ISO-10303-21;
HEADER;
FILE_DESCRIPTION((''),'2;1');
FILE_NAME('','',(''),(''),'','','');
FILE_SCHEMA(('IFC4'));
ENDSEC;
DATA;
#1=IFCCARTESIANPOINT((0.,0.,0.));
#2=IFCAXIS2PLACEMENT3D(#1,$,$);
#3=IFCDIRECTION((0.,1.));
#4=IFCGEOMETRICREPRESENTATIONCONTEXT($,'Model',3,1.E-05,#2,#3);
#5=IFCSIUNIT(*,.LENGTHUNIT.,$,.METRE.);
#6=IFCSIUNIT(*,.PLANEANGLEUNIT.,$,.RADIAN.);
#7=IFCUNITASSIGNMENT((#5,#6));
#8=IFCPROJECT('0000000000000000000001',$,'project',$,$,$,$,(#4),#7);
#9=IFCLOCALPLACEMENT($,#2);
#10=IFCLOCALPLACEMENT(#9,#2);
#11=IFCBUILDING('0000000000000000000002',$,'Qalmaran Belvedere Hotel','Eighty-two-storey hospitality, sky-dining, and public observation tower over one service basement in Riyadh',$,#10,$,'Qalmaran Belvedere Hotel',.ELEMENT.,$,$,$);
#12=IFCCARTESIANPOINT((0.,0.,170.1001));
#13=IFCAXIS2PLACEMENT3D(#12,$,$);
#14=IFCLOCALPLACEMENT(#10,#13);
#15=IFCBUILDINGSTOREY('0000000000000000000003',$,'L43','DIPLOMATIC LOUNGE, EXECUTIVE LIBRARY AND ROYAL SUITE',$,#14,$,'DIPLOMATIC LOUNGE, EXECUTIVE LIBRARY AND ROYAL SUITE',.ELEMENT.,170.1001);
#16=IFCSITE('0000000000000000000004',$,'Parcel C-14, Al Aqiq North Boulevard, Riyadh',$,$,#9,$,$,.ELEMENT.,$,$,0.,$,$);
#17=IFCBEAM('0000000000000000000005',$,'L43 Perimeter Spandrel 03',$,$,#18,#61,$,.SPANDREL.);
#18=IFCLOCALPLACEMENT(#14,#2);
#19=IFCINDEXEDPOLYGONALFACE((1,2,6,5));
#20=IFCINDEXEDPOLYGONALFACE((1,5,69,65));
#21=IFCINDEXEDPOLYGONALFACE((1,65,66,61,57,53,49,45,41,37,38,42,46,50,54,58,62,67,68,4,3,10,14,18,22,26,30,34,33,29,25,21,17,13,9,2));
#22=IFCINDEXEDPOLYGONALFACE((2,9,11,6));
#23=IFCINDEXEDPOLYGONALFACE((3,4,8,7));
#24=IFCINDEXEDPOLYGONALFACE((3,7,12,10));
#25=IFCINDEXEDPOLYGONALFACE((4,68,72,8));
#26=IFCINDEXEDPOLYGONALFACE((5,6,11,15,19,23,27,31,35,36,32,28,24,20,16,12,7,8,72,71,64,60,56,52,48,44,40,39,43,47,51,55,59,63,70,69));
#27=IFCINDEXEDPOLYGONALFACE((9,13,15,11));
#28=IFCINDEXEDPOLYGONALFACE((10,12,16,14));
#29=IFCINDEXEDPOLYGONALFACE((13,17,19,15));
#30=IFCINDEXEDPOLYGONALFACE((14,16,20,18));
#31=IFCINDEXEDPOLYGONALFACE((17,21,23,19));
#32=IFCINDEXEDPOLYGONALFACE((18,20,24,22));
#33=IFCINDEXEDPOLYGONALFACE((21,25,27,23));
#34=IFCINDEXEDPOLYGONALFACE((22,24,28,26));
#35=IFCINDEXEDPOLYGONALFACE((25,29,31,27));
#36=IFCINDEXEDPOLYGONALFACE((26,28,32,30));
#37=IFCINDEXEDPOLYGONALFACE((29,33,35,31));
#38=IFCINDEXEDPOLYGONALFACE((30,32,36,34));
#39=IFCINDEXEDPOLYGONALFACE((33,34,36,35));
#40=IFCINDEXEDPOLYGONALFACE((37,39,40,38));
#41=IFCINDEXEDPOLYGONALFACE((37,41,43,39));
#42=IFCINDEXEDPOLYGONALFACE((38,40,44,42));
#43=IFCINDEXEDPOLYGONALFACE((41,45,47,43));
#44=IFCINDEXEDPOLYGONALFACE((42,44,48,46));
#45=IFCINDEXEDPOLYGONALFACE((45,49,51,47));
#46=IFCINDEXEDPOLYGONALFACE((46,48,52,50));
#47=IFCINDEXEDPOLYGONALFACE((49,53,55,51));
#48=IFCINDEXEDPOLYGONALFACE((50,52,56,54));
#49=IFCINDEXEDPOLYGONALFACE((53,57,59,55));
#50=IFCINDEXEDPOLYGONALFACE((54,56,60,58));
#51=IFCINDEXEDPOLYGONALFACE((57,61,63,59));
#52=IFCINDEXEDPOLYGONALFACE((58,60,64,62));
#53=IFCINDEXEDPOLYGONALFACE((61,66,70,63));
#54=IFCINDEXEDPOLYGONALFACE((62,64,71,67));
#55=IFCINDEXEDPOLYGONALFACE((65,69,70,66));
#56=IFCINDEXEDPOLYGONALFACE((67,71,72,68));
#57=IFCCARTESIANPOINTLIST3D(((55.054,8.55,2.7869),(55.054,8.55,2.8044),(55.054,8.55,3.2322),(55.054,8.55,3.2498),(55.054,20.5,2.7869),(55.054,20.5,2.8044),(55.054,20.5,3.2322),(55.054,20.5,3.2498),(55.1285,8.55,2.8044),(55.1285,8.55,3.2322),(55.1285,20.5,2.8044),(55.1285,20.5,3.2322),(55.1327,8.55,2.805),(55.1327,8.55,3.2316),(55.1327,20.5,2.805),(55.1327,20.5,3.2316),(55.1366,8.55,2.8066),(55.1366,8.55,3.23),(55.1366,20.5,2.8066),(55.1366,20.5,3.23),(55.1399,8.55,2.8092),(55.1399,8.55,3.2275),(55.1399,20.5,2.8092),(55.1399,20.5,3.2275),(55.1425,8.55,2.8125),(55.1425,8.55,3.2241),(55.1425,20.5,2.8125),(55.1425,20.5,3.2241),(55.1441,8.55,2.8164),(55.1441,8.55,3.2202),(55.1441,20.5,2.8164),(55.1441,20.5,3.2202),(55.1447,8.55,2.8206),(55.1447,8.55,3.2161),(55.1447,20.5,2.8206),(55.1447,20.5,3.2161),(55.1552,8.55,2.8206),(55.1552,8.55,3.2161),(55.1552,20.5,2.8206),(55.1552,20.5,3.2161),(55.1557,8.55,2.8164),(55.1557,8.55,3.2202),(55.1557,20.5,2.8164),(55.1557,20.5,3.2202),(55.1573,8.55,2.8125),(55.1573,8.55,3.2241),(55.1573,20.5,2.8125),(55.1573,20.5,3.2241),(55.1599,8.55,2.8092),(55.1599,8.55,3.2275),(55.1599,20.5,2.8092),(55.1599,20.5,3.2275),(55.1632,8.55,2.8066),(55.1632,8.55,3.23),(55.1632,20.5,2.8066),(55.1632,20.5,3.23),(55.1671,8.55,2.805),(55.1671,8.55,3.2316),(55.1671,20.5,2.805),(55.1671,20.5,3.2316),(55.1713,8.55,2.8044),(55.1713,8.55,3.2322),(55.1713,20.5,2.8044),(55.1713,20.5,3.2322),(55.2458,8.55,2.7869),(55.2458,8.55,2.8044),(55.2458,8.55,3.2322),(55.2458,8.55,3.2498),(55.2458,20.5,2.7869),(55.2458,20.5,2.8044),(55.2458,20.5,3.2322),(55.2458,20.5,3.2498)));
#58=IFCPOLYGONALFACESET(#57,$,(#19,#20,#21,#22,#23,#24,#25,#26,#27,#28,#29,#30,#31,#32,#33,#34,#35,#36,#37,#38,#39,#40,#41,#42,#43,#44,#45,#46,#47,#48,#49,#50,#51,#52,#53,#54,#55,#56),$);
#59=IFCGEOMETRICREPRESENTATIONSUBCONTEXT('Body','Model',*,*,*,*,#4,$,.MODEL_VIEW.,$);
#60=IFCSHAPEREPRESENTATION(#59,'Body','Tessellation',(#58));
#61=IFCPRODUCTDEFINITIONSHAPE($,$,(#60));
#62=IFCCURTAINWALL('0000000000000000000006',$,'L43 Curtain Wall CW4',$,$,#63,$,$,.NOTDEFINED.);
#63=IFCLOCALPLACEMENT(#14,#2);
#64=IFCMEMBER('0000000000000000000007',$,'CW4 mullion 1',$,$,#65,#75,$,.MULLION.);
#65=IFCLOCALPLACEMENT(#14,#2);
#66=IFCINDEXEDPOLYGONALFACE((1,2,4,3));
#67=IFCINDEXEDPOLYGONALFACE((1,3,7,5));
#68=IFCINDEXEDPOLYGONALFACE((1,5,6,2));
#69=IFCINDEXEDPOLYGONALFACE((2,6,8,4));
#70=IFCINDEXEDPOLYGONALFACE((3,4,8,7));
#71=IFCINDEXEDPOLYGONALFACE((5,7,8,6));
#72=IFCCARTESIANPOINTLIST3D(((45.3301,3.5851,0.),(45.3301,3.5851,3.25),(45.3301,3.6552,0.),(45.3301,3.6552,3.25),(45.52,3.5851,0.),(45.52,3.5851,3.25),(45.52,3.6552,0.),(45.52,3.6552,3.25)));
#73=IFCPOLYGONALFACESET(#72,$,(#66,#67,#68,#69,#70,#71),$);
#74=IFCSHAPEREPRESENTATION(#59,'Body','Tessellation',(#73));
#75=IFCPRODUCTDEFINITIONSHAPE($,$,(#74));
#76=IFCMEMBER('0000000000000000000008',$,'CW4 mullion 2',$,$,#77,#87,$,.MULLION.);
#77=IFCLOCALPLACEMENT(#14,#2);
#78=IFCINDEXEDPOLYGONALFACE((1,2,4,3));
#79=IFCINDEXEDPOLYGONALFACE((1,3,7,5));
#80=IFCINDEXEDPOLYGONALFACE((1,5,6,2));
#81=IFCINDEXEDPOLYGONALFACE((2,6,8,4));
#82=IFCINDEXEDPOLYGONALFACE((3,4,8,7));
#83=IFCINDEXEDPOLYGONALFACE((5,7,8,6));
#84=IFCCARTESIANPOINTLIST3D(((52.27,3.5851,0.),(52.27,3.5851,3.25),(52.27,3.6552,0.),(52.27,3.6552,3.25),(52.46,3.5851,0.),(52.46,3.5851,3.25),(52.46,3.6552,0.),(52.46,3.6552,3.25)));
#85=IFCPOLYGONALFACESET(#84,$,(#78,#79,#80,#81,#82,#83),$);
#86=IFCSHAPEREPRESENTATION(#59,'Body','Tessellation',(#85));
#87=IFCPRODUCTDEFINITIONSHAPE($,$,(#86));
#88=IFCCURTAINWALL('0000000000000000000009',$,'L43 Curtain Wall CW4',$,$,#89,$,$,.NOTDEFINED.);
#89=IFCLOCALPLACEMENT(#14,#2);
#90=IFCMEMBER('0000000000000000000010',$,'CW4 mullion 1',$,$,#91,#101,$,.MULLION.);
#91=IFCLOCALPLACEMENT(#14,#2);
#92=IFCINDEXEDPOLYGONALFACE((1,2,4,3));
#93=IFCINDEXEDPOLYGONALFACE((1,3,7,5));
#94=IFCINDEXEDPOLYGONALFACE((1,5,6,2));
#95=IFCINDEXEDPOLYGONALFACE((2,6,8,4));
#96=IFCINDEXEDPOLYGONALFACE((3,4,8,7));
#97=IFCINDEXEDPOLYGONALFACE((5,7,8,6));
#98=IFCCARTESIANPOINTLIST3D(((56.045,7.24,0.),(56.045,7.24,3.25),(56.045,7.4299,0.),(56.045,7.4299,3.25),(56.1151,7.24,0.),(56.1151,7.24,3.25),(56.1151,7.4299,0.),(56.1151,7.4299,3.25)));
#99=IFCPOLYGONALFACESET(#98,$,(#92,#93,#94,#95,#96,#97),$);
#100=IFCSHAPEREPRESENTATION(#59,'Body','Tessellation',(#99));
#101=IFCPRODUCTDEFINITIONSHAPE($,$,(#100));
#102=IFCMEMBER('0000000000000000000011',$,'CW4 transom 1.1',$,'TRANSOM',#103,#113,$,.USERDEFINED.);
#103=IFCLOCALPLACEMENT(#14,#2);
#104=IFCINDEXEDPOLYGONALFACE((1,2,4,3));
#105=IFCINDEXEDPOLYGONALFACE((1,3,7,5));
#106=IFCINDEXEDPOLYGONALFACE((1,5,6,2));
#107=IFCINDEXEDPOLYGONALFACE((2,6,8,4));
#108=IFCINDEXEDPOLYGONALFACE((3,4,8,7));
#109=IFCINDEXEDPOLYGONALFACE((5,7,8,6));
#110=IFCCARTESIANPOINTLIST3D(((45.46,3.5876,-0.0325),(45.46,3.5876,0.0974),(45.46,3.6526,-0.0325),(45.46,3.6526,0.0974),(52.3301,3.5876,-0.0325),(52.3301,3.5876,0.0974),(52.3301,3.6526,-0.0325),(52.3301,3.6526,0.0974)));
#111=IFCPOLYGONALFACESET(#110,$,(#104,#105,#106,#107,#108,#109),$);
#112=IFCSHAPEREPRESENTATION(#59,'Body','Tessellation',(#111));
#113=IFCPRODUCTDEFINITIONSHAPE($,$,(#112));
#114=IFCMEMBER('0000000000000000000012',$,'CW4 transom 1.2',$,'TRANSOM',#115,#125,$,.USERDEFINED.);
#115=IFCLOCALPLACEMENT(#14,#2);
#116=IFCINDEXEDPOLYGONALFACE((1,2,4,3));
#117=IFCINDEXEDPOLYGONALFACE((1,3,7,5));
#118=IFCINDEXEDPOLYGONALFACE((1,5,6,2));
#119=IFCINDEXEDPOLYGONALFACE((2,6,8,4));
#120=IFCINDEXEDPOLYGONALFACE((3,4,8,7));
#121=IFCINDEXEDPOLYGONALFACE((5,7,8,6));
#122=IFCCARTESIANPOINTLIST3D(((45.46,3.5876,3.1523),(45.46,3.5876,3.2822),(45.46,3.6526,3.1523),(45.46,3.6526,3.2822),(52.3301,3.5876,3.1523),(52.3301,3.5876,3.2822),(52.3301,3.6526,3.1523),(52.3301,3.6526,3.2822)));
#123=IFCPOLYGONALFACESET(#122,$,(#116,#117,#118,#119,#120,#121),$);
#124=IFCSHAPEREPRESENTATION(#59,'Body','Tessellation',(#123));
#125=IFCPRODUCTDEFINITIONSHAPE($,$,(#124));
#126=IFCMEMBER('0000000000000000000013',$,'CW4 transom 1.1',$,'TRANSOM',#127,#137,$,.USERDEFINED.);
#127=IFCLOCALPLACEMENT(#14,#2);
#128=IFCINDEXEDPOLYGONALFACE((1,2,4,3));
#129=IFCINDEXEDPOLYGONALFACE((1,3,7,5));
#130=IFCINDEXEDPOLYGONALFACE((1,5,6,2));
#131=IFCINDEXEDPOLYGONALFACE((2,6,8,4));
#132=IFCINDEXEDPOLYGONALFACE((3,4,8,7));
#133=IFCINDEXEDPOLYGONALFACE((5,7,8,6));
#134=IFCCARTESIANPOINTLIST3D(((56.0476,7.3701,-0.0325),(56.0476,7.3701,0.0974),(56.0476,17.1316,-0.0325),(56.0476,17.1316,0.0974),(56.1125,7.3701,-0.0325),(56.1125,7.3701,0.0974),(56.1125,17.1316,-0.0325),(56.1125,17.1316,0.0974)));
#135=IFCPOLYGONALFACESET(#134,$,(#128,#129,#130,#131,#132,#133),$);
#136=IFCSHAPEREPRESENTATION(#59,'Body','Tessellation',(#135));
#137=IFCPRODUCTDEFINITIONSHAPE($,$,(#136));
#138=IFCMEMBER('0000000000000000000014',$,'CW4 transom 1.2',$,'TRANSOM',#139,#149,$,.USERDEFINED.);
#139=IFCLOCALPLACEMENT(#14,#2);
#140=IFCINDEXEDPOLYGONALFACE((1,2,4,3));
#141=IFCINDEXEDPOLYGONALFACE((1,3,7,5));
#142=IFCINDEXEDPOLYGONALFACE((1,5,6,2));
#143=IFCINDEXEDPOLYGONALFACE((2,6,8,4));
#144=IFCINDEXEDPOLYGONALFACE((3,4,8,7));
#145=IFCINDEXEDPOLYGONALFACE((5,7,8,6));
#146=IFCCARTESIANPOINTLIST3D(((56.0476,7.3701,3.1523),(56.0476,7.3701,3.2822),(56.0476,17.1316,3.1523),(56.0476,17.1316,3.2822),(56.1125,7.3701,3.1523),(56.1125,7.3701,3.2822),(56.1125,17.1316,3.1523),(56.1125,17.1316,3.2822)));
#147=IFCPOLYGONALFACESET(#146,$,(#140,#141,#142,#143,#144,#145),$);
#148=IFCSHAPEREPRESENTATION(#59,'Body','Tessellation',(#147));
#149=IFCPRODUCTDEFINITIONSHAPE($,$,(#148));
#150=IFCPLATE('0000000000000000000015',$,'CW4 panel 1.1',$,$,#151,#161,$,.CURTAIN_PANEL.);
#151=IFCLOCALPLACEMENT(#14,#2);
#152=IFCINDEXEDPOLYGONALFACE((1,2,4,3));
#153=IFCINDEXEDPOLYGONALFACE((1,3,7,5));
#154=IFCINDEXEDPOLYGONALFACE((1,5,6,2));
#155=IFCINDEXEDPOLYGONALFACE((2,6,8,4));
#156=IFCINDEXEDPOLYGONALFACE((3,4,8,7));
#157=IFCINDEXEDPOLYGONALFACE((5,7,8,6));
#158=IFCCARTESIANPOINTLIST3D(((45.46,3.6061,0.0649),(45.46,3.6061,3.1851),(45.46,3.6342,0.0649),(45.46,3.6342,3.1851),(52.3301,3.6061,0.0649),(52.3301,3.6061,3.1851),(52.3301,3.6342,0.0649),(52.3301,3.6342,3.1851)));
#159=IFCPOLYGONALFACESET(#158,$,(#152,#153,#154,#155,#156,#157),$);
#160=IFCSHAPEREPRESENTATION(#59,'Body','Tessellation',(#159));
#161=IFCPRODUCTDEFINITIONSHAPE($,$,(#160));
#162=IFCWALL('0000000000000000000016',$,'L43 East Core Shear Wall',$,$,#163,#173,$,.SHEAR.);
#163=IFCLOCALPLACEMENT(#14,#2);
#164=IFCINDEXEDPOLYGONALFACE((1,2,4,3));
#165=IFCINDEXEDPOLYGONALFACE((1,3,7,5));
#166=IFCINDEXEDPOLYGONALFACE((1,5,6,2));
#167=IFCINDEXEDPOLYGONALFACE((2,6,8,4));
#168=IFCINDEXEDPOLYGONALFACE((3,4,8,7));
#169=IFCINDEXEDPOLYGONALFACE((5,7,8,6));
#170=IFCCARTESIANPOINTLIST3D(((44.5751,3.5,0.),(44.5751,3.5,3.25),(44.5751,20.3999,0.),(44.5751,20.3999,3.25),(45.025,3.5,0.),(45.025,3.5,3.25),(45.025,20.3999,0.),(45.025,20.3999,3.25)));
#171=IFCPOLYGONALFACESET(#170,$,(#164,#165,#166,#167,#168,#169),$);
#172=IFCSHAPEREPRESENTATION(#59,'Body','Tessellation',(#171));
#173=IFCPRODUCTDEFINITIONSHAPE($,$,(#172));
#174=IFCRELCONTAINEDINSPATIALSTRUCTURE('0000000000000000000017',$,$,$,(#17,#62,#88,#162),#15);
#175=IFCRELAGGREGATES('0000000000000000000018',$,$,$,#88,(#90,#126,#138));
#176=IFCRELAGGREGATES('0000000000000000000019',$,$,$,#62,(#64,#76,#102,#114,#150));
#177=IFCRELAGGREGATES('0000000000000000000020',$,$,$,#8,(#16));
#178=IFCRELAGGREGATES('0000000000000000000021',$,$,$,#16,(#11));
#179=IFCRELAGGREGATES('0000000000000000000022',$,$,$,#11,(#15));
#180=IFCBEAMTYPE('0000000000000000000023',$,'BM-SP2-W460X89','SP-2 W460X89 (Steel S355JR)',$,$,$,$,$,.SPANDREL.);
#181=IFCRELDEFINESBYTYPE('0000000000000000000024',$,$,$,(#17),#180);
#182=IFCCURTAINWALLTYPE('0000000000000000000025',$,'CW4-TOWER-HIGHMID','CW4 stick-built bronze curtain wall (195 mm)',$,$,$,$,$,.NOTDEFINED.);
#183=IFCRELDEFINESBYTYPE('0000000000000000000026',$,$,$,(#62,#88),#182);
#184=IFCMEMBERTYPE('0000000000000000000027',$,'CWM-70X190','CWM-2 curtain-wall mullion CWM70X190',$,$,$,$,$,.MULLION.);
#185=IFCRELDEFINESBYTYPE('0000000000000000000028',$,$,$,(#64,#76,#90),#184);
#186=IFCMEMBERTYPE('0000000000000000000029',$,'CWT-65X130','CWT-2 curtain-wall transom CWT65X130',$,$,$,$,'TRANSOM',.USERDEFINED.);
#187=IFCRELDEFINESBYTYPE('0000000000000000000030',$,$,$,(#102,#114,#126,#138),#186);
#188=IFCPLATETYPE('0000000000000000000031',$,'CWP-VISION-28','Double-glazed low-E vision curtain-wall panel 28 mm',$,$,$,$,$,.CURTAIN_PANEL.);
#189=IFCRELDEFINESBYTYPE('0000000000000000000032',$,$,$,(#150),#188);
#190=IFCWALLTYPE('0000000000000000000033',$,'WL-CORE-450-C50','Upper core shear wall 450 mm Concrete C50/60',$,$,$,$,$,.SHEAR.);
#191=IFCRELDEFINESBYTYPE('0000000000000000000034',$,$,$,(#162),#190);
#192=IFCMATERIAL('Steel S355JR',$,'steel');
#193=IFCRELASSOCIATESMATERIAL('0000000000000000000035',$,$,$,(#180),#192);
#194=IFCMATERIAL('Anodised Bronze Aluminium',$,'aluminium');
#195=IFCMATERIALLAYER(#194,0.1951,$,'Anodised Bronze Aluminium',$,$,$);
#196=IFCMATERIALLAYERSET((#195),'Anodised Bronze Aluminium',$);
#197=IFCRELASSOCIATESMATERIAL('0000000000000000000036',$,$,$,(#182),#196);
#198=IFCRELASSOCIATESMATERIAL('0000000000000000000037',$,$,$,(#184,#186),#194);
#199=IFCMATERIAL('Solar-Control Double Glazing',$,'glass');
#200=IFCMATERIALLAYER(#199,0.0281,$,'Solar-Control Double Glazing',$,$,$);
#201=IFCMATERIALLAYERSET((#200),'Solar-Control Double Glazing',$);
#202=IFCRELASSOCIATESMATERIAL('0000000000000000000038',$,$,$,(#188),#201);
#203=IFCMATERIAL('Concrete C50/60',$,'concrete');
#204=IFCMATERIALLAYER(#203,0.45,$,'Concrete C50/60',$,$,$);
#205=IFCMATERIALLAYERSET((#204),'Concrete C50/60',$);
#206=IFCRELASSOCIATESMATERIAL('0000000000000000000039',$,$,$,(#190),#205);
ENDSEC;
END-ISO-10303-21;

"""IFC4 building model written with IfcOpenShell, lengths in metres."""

from ifc_helpers import new_model, si_unit, direction, frame, frame_2d, origin, origin_2d, place, context, subcontext, project, spatial, rectangle, i_section, extrude, material, layer, layer_set, material_profile, profile_set, type_object, element, aggregate, save


model = new_model("IFC4")

# Units and contexts
model_context = context("Model", 3, precision=1e-05, world=origin(), true_north=direction((0.0, 1.0)))
body_context = subcontext(model_context, "Body", "Model", "MODEL_VIEW")
ifc_project = project(units=[si_unit("LENGTHUNIT", "METRE"), si_unit("PLANEANGLEUNIT", "RADIAN")], contexts=[model_context])

# Site, building, storey
site_placement = place(None, origin())
site = spatial("IfcSite", under=ifc_project, at=site_placement, Name="Parcel C-14, Al Aqiq North Boulevard, Riyadh", CompositionType="ELEMENT", RefElevation=0.0)
building_placement = place(site_placement, origin())
building = spatial("IfcBuilding", under=site, at=building_placement, Name="Qalmaran Belvedere Hotel", Description="Eighty-two-storey hospitality, sky-dining, and public observation tower over one service basement in Riyadh", LongName="Qalmaran Belvedere Hotel", CompositionType="ELEMENT")
storey_placement = place(building_placement, frame((0.0, 0.0, 170.1001)))
storey = spatial("IfcBuildingStorey", under=building, at=storey_placement, Name="L43", Description="DIPLOMATIC LOUNGE, EXECUTIVE LIBRARY AND ROYAL SUITE", LongName="DIPLOMATIC LOUNGE, EXECUTIVE LIBRARY AND ROYAL SUITE", CompositionType="ELEMENT", Elevation=170.1001)

# Shared definitions
ifc_material_1 = material(Name="Concrete C50/60", Category="concrete")

# Beam
ifc_material_2 = material(Name="Steel S355JR", Category="steel")
ifc_material_profile_1 = material_profile(ifc_material_2, i_section(OverallWidth=0.1919, OverallDepth=0.4629, WebThickness=0.0105, FlangeThickness=0.0176, FilletRadius=0.0161, at=origin_2d()), Name="W460X89")
ifc_profile_set_1 = profile_set([ifc_material_profile_1], Name="Steel S355JR")
beam_type_1 = type_object("IfcBeamType", Name="BM-SP2-W460X89", Description="SP-2 W460X89 (Steel S355JR)", PredefinedType="SPANDREL", material=ifc_profile_set_1)
beam_1_placement = place(storey_placement, frame((55.1499, 8.55, 3.0183), z_axis=(0.0, 1.0, 0.0), x_axis=(-1.0, 0.0, 0.0)))
element("IfcBeam", 1, at=beam_1_placement, inside=storey, type_object=beam_type_1, Name="L43 Perimeter Spandrel 03", PredefinedType="SPANDREL", context=body_context, shape_type="SweptSolid", body=[
    extrude(i_section(OverallWidth=0.1919, OverallDepth=0.4629, WebThickness=0.0105, FlangeThickness=0.0176, FilletRadius=0.0161, at=origin_2d()), origin(), (0.0, 0.0, 1.0), 11.95),
])

# Curtain wall, members
ifc_material_3 = material(Name="Anodised Bronze Aluminium", Category="aluminium")
ifc_layer_1 = layer(ifc_material_3, 0.1951, Name="Anodised Bronze Aluminium")
ifc_layer_set_1 = layer_set([ifc_layer_1], Name="Anodised Bronze Aluminium")
curtain_wall_type = type_object("IfcCurtainWallType", Name="CW4-TOWER-HIGHMID", Description="CW4 stick-built bronze curtain wall (195 mm)", PredefinedType="NOTDEFINED", material=ifc_layer_set_1)
curtain_wall_1_placement = place(storey_placement, origin())
curtain_wall_1 = element("IfcCurtainWall", 2, at=curtain_wall_1_placement, inside=storey, type_object=curtain_wall_type, Name="L43 Curtain Wall CW4", PredefinedType="NOTDEFINED")
ifc_material_profile_2 = material_profile(ifc_material_3, rectangle(XDim=0.0701, YDim=0.1899, at=origin_2d()), Name="CWM70X190")
ifc_profile_set_2 = profile_set([ifc_material_profile_2], Name="Anodised Bronze Aluminium")
member_type_1 = type_object("IfcMemberType", Name="CWM-70X190", Description="CWM-2 curtain-wall mullion CWM70X190", PredefinedType="MULLION", material=ifc_profile_set_2)
member_1_placement = place(storey_placement, frame((45.425, 3.6201, 0.0), z_axis=(0.0, 0.0, 1.0), x_axis=(0.0, 1.0, 0.0)))
member_1 = element("IfcMember", 3, at=member_1_placement, type_object=member_type_1, Name="CW4 mullion 1", PredefinedType="MULLION", context=body_context, shape_type="SweptSolid", body=[
    extrude(rectangle(XDim=0.0701, YDim=0.1899, at=origin_2d()), origin(), (0.0, 0.0, 1.0), 3.25),
])
member_2_placement = place(storey_placement, frame((52.365, 3.6201, 0.0), z_axis=(0.0, 0.0, 1.0), x_axis=(0.0, 1.0, 0.0)))
member_2 = element("IfcMember", 4, at=member_2_placement, type_object=member_type_1, Name="CW4 mullion 2", PredefinedType="MULLION", context=body_context, shape_type="SweptSolid", body=[
    extrude(rectangle(XDim=0.0701, YDim=0.1899, at=origin_2d()), origin(), (0.0, 0.0, 1.0), 3.25),
])

# Curtain wall, member
curtain_wall_2_placement = place(storey_placement, origin())
curtain_wall_2 = element("IfcCurtainWall", 5, at=curtain_wall_2_placement, inside=storey, type_object=curtain_wall_type, Name="L43 Curtain Wall CW4", PredefinedType="NOTDEFINED")
member_3_placement = place(storey_placement, frame((56.0801, 7.335, 0.0), z_axis=(0.0, 0.0, 1.0), x_axis=(-1.0, 0.0, 0.0)))
member_3 = element("IfcMember", 6, at=member_3_placement, type_object=member_type_1, Name="CW4 mullion 1", PredefinedType="MULLION", context=body_context, shape_type="SweptSolid", body=[
    extrude(rectangle(XDim=0.0701, YDim=0.1899, at=origin_2d()), origin(), (0.0, 0.0, 1.0), 3.25),
])

# Members
ifc_material_profile_3 = material_profile(ifc_material_3, rectangle(XDim=0.0649, YDim=0.1299, at=origin_2d()), Name="CWT65X130")
ifc_profile_set_3 = profile_set([ifc_material_profile_3], Name="Anodised Bronze Aluminium")
member_type_2 = type_object("IfcMemberType", Name="CWT-65X130", Description="CWT-2 curtain-wall transom CWT65X130", ElementType="TRANSOM", PredefinedType="USERDEFINED", material=ifc_profile_set_3)
member_4_placement = place(storey_placement, frame((45.46, 3.6201, 0.0325), z_axis=(1.0, 0.0, 0.0), x_axis=(0.0, 1.0, 0.0)))
member_4 = element("IfcMember", 7, at=member_4_placement, type_object=member_type_2, Name="CW4 transom 1.1", ObjectType="TRANSOM", PredefinedType="USERDEFINED", context=body_context, shape_type="SweptSolid", body=[
    extrude(rectangle(XDim=0.0649, YDim=0.1299, at=origin_2d()), origin(), (0.0, 0.0, 1.0), 6.8701),
])
member_5_placement = place(storey_placement, frame((45.46, 3.6201, 3.2173), z_axis=(1.0, 0.0, 0.0), x_axis=(0.0, 1.0, 0.0)))
member_5 = element("IfcMember", 8, at=member_5_placement, type_object=member_type_2, Name="CW4 transom 1.2", ObjectType="TRANSOM", PredefinedType="USERDEFINED", context=body_context, shape_type="SweptSolid", body=[
    extrude(rectangle(XDim=0.0649, YDim=0.1299, at=origin_2d()), origin(), (0.0, 0.0, 1.0), 6.8701),
])
member_6_placement = place(storey_placement, frame((56.0801, 7.3701, 0.0325), z_axis=(0.0, 1.0, 0.0), x_axis=(-1.0, 0.0, 0.0)))
member_6 = element("IfcMember", 9, at=member_6_placement, type_object=member_type_2, Name="CW4 transom 1.1", ObjectType="TRANSOM", PredefinedType="USERDEFINED", context=body_context, shape_type="SweptSolid", body=[
    extrude(rectangle(XDim=0.0649, YDim=0.1299, at=origin_2d()), origin(), (0.0, 0.0, 1.0), 9.7615),
])
member_7_placement = place(storey_placement, frame((56.0801, 7.3701, 3.2173), z_axis=(0.0, 1.0, 0.0), x_axis=(-1.0, 0.0, 0.0)))
member_7 = element("IfcMember", 10, at=member_7_placement, type_object=member_type_2, Name="CW4 transom 1.2", ObjectType="TRANSOM", PredefinedType="USERDEFINED", context=body_context, shape_type="SweptSolid", body=[
    extrude(rectangle(XDim=0.0649, YDim=0.1299, at=origin_2d()), origin(), (0.0, 0.0, 1.0), 9.7615),
])
aggregate(curtain_wall_2, [member_3, member_6, member_7])

# Plate
ifc_material_4 = material(Name="Solar-Control Double Glazing", Category="glass")
ifc_layer_2 = layer(ifc_material_4, 0.0281, Name="Solar-Control Double Glazing")
ifc_layer_set_2 = layer_set([ifc_layer_2], Name="Solar-Control Double Glazing")
plate_type = type_object("IfcPlateType", Name="CWP-VISION-28", Description="Double-glazed low-E vision curtain-wall panel 28 mm", PredefinedType="CURTAIN_PANEL", material=ifc_layer_set_2)
plate_placement = place(storey_placement, frame((48.895, 3.6201, 0.0649), z_axis=(0.0, 0.0, 1.0), x_axis=(1.0, 0.0, 0.0)))
plate = element("IfcPlate", 11, at=plate_placement, type_object=plate_type, Name="CW4 panel 1.1", PredefinedType="CURTAIN_PANEL", context=body_context, shape_type="SweptSolid", body=[
    extrude(rectangle(XDim=6.8701, YDim=0.0281, at=origin_2d()), origin(), (0.0, 0.0, 1.0), 3.1201),
])
aggregate(curtain_wall_1, [member_1, member_2, member_4, member_5, plate])

# Wall
ifc_layer_3 = layer(ifc_material_1, 0.45, Name="Concrete C50/60")
ifc_layer_set_3 = layer_set([ifc_layer_3], Name="Concrete C50/60")
wall_type_1 = type_object("IfcWallType", Name="WL-CORE-450-C50", Description="Upper core shear wall 450 mm Concrete C50/60", PredefinedType="SHEAR", material=ifc_layer_set_3)
wall_1_placement = place(storey_placement, frame((44.8, 3.5, 0.0), z_axis=(0.0, 0.0, 1.0), x_axis=(0.0, 1.0, 0.0)))
element("IfcWall", 12, at=wall_1_placement, inside=storey, type_object=wall_type_1, Name="L43 East Core Shear Wall", PredefinedType="SHEAR", context=body_context, shape_type="SweptSolid", body=[
    extrude(rectangle(XDim=16.8999, YDim=0.45, at=frame_2d((8.45, 0.0))), origin(), (0.0, 0.0, 1.0), 3.25),
])

save(model, "model.ifc")
